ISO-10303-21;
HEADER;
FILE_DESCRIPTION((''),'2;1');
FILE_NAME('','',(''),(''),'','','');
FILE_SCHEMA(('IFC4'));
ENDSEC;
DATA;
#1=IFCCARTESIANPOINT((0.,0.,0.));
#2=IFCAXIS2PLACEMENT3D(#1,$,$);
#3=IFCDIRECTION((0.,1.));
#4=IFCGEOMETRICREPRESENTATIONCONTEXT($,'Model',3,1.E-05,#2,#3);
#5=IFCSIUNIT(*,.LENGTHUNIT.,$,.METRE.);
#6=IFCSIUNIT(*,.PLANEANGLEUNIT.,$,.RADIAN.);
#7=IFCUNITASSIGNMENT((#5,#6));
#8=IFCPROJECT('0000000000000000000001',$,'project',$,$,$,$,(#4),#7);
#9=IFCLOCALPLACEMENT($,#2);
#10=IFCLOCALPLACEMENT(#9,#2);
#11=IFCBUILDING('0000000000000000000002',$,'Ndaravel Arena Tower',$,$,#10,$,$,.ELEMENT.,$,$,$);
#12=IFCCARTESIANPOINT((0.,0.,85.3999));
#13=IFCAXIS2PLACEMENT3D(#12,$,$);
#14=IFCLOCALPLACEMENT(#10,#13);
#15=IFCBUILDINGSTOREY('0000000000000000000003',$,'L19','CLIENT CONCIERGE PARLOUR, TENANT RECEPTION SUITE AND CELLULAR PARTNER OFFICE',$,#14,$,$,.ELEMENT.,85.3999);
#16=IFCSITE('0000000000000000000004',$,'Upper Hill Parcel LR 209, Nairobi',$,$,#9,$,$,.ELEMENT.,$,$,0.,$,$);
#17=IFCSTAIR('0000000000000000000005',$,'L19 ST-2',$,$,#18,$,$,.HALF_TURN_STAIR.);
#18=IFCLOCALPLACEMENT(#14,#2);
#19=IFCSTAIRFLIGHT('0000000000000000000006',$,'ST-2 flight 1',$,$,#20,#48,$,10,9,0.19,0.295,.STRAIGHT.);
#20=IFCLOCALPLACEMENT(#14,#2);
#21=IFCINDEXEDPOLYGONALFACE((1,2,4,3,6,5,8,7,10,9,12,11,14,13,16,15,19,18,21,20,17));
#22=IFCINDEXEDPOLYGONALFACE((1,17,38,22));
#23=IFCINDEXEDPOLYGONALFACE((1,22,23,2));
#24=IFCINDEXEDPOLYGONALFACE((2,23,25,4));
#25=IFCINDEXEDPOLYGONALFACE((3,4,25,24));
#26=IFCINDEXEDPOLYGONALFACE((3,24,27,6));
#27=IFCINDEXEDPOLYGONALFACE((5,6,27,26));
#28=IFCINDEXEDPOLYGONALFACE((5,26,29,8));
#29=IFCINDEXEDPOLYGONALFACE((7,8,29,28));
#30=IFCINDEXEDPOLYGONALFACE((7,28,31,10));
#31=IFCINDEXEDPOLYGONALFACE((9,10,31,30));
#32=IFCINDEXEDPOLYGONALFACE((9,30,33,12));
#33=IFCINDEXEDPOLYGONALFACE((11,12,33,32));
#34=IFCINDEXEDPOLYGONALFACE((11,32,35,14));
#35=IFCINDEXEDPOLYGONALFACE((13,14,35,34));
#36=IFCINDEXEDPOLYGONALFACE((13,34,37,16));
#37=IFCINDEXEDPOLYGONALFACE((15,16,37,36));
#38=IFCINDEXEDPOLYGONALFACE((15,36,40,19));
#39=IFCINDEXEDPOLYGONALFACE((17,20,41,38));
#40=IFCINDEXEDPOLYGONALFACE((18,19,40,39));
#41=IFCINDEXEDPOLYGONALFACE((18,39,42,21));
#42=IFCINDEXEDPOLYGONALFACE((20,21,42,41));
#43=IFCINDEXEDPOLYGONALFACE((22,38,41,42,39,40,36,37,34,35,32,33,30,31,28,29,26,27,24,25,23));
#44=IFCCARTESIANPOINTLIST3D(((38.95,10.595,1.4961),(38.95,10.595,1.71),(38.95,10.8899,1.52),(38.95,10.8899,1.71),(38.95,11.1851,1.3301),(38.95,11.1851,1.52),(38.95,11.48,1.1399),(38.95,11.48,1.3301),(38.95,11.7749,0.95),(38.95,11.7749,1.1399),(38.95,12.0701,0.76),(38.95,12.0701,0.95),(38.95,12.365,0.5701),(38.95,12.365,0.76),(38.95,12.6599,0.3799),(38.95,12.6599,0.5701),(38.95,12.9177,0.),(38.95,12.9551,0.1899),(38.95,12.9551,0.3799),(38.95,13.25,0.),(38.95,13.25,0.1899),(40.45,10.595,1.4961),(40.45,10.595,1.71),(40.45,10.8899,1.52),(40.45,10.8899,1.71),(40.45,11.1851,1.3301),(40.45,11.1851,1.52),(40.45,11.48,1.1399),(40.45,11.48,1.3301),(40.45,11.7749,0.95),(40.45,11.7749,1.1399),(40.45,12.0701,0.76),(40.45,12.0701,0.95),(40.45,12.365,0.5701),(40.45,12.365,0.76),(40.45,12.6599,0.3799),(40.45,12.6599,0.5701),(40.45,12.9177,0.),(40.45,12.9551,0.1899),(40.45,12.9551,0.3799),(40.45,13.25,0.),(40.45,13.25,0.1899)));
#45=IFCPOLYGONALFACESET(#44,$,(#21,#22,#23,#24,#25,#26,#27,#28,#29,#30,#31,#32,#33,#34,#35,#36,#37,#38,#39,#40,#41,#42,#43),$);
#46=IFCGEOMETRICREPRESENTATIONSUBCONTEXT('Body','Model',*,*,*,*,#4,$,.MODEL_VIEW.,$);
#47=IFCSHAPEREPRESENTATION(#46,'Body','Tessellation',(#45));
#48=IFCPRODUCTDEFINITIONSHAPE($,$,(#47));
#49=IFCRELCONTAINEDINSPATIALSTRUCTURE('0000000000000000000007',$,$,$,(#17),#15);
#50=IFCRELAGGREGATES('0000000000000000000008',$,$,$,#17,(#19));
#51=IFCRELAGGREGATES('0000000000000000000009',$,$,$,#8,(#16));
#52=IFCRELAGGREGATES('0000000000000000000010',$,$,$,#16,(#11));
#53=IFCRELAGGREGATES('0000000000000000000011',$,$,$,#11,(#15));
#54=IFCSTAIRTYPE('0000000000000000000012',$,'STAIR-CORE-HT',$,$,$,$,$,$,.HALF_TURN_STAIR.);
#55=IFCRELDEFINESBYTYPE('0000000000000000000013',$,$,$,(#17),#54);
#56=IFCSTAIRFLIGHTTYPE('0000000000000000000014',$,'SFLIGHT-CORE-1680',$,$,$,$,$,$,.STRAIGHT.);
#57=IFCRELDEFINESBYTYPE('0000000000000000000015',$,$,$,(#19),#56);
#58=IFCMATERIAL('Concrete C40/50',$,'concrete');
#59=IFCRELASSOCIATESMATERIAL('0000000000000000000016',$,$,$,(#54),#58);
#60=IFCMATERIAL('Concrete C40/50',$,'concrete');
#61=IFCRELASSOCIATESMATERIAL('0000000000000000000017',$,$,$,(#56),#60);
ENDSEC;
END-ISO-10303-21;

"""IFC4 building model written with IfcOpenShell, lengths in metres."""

from ifc_helpers import new_model, si_unit, direction, frame, origin, place, context, subcontext, project, spatial, polyline, outline, extrude, material, type_object, element, aggregate, save


model = new_model("IFC4")

# Units and contexts
model_context = context("Model", 3, precision=1e-05, world=origin(), true_north=direction((0.0, 1.0)))
body_context = subcontext(model_context, "Body", "Model", "MODEL_VIEW")
ifc_project = project(units=[si_unit("LENGTHUNIT", "METRE"), si_unit("PLANEANGLEUNIT", "RADIAN")], contexts=[model_context])

# Site, building, storey
site_placement = place(None, origin())
site = spatial("IfcSite", under=ifc_project, at=site_placement, Name="Upper Hill Parcel LR 209, Nairobi", CompositionType="ELEMENT", RefElevation=0.0)
building_placement = place(site_placement, origin())
building = spatial("IfcBuilding", under=site, at=building_placement, Name="Ndaravel Arena Tower", CompositionType="ELEMENT")
storey_placement = place(building_placement, frame((0.0, 0.0, 85.3999)))
storey = spatial("IfcBuildingStorey", under=building, at=storey_placement, Name="L19", Description="CLIENT CONCIERGE PARLOUR, TENANT RECEPTION SUITE AND CELLULAR PARTNER OFFICE", CompositionType="ELEMENT", Elevation=85.3999)

# Stair, stair flight
ifc_material_1 = material(Name="Concrete C40/50", Category="concrete")
stair_type = type_object("IfcStairType", Name="STAIR-CORE-HT", PredefinedType="HALF_TURN_STAIR", material=ifc_material_1)
stair_placement = place(storey_placement, origin())
stair = element("IfcStair", 1, at=stair_placement, inside=storey, type_object=stair_type, Name="L19 ST-2", PredefinedType="HALF_TURN_STAIR")
ifc_material_2 = material(Name="Concrete C40/50", Category="concrete")
stair_flight_type = type_object("IfcStairFlightType", Name="SFLIGHT-CORE-1680", PredefinedType="STRAIGHT", material=ifc_material_2)
stair_flight_placement = place(storey_placement, frame((39.7, 13.25, 0.0), z_axis=(0.0, 0.0, 1.0), x_axis=(0.0, -1.0, 0.0)))
stair_flight = element("IfcStairFlight", 2, at=stair_flight_placement, type_object=stair_flight_type, Name="ST-2 flight 1", NumberOfRisers=10, NumberOfTreads=9, PredefinedType="STRAIGHT", RiserHeight=0.19, TreadLength=0.295, context=body_context, shape_type="SweptSolid", body=[
    extrude(outline(polyline([(0.0, 0.0), (0.0, 0.1899), (0.2949, 0.1899), (0.2949, 0.3799), (0.5901, 0.3799), (0.5901, 0.5701), (0.885, 0.5701), (0.885, 0.76), (1.1799, 0.76), (1.1799, 0.95), (1.4751, 0.95), (1.4751, 1.1399), (1.77, 1.1399), (1.77, 1.3301), (2.0649, 1.3301), (2.0649, 1.52), (2.3601, 1.52), (2.3601, 1.71), (2.655, 1.71), (2.655, 1.8999), (2.655, 1.4961), (0.3323, 0.0), (0.0, 0.0)])), frame((0.0, 0.75, 0.0), z_axis=(0.0, -1.0, 0.0), x_axis=(1.0, 0.0, 0.0)), (0.0, 0.0, 1.0), 1.5),
])
aggregate(stair, [stair_flight])

save(model, "model.ifc")
